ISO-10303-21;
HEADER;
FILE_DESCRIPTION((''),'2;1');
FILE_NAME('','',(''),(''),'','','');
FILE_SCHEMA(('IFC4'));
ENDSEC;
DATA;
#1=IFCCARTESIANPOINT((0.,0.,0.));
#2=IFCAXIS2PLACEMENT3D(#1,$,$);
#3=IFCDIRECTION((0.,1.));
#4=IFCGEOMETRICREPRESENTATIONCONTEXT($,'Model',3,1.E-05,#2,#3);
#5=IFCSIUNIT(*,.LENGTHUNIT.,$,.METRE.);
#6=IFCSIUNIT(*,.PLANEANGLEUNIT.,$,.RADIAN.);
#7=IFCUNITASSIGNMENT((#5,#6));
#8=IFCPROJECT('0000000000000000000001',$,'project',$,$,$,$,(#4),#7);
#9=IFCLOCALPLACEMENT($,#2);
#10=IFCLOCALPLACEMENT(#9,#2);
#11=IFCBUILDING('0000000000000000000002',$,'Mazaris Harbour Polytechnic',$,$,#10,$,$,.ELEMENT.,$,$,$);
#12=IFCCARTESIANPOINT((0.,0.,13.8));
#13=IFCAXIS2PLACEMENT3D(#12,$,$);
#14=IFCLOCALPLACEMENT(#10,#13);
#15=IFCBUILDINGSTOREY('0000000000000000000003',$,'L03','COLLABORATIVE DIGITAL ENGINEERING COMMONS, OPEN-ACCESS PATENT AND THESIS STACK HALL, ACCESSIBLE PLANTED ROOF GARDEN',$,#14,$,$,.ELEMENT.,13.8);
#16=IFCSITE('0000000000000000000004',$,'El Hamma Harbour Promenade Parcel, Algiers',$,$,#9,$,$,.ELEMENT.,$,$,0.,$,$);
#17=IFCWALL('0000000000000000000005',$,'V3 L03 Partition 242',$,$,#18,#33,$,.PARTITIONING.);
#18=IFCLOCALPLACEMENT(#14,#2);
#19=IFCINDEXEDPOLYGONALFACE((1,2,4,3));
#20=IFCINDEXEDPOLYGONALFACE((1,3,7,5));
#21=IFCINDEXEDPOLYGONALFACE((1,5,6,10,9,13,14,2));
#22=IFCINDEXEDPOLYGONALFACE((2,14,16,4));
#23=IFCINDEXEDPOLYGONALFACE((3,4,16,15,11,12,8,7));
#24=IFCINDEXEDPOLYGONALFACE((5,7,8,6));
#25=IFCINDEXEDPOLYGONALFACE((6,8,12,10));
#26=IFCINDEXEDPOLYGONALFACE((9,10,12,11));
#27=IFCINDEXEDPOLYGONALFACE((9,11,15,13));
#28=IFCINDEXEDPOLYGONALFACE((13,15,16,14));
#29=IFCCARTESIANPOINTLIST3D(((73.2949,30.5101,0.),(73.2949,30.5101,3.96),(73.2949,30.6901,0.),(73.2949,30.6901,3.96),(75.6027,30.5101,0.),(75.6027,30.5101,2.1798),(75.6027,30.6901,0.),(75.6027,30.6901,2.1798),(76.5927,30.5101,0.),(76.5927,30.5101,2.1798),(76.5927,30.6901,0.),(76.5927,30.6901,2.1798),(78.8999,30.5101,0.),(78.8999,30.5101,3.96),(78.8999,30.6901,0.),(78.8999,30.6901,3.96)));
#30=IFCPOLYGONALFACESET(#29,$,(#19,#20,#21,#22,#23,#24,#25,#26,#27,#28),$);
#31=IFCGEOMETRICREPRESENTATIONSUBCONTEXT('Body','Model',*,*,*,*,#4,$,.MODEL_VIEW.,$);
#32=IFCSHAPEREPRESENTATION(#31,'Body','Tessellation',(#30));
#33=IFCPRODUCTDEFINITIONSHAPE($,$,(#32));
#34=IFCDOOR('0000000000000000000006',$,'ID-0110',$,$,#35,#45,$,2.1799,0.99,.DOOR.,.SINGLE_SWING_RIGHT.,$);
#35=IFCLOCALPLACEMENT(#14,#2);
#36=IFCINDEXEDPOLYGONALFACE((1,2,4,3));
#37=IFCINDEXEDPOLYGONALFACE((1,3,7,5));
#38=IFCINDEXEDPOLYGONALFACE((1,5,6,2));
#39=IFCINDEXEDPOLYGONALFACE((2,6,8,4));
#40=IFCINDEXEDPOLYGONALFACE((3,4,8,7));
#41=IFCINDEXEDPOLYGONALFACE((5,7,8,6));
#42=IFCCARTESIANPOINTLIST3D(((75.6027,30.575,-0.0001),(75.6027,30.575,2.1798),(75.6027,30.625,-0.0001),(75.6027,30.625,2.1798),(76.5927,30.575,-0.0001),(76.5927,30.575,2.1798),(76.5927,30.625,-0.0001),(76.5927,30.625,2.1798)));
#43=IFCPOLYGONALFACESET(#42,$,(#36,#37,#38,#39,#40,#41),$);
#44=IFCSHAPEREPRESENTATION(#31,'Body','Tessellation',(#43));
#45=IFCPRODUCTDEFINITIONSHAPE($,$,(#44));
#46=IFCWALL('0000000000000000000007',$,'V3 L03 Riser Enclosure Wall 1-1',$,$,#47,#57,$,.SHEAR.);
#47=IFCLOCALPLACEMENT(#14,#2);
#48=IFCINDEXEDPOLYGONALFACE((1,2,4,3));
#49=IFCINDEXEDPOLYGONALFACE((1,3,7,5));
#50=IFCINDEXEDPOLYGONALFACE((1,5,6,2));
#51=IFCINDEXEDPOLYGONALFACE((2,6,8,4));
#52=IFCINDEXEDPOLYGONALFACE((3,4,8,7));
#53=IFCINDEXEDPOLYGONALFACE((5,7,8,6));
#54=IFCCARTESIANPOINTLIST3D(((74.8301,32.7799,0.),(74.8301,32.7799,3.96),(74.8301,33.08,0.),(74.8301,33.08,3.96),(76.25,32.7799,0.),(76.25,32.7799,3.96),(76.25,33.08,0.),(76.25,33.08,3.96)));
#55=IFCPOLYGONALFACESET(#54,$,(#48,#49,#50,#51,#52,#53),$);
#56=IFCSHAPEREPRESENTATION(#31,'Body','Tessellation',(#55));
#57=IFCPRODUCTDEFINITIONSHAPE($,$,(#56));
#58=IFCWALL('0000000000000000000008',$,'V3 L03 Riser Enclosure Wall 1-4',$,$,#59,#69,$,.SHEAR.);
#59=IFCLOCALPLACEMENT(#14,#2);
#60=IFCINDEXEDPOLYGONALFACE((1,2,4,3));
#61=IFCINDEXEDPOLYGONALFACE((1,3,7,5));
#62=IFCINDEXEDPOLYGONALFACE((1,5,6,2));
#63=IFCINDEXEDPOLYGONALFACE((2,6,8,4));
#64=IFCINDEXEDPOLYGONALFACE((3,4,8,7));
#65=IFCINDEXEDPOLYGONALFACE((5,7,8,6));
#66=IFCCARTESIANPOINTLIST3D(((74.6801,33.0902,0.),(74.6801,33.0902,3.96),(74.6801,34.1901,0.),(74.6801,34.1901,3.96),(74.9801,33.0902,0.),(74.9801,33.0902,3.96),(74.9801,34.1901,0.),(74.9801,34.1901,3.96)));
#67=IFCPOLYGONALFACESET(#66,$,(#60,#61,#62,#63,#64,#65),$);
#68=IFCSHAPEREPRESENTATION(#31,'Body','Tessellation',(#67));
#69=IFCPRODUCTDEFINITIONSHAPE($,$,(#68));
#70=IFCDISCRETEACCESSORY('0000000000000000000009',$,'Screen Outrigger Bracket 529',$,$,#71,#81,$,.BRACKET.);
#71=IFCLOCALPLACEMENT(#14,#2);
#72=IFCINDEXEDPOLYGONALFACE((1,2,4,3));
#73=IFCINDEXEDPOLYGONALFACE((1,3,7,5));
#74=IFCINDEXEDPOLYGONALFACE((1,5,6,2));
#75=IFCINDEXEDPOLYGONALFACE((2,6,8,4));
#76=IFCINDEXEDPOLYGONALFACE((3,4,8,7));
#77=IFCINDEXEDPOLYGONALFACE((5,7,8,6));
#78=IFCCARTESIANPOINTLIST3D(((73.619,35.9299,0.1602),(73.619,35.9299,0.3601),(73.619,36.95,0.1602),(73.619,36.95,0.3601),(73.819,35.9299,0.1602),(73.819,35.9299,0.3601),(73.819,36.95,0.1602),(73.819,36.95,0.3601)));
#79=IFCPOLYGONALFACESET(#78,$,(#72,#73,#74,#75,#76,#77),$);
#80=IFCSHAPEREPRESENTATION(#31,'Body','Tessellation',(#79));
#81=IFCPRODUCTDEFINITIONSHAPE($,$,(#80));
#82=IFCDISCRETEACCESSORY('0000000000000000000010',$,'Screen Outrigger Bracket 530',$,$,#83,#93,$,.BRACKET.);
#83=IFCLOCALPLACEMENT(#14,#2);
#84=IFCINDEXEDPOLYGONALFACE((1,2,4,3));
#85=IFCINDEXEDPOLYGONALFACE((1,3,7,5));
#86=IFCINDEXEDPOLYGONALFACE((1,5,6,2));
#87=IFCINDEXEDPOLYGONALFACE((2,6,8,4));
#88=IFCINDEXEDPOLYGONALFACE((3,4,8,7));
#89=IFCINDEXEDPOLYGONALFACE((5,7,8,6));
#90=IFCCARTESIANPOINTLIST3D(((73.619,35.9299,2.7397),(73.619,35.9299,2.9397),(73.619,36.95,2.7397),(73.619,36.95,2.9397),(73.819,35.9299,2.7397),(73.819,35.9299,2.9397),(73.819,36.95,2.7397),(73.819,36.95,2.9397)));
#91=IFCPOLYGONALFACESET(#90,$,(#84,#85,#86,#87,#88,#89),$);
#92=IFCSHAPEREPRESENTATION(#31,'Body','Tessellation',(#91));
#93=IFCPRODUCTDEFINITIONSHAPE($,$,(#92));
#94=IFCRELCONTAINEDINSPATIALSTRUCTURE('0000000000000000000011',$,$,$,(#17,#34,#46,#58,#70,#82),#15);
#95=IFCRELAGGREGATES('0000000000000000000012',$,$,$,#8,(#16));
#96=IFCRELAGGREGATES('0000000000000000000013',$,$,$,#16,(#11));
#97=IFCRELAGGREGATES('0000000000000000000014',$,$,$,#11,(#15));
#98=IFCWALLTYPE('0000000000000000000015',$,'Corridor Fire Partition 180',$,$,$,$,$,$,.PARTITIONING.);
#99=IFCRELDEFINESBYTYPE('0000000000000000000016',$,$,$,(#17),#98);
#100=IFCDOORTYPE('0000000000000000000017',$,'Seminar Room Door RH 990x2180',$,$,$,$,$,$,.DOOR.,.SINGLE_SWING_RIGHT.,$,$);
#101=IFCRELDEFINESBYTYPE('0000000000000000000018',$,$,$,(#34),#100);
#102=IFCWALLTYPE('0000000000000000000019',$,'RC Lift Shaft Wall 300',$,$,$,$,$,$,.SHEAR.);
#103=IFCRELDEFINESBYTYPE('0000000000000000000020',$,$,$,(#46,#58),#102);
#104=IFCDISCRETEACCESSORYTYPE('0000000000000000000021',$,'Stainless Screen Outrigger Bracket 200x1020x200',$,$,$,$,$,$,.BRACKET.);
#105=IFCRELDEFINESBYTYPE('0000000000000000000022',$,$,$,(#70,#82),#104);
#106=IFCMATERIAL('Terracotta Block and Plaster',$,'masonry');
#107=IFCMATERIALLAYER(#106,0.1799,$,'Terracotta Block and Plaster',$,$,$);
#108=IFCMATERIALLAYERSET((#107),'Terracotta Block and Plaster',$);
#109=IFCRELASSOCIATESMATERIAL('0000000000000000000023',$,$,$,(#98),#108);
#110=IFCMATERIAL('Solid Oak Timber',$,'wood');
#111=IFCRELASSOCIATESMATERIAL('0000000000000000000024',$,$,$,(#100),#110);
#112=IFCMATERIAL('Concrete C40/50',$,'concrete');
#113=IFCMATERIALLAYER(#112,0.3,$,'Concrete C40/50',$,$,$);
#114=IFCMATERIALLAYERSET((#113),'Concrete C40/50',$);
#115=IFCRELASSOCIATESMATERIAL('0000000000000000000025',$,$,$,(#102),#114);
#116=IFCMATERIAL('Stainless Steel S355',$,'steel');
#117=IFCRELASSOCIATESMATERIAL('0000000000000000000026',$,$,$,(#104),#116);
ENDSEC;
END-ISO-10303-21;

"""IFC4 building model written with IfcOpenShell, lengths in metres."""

from ifc_helpers import new_model, si_unit, direction, frame, frame_2d, origin, origin_2d, place, context, subcontext, project, spatial, rectangle, extrude, material, layer, layer_set, type_object, element, fill, save


model = new_model("IFC4")

# Units and contexts
model_context = context("Model", 3, precision=1e-05, world=origin(), true_north=direction((0.0, 1.0)))
body_context = subcontext(model_context, "Body", "Model", "MODEL_VIEW")
ifc_project = project(units=[si_unit("LENGTHUNIT", "METRE"), si_unit("PLANEANGLEUNIT", "RADIAN")], contexts=[model_context])

# Site, building, storey
site_placement = place(None, origin())
site = spatial("IfcSite", under=ifc_project, at=site_placement, Name="El Hamma Harbour Promenade Parcel, Algiers", CompositionType="ELEMENT", RefElevation=0.0)
building_placement = place(site_placement, origin())
building = spatial("IfcBuilding", under=site, at=building_placement, Name="Mazaris Harbour Polytechnic", CompositionType="ELEMENT")
storey_placement = place(building_placement, frame((0.0, 0.0, 13.8)))
storey = spatial("IfcBuildingStorey", under=building, at=storey_placement, Name="L03", Description="COLLABORATIVE DIGITAL ENGINEERING COMMONS, OPEN-ACCESS PATENT AND THESIS STACK HALL, ACCESSIBLE PLANTED ROOF GARDEN", CompositionType="ELEMENT", Elevation=13.8)

# Wall, opening, door
ifc_material_1 = material(Name="Terracotta Block and Plaster", Category="masonry")
ifc_layer_1 = layer(ifc_material_1, 0.1799, Name="Terracotta Block and Plaster")
ifc_layer_set_1 = layer_set([ifc_layer_1], Name="Terracotta Block and Plaster")
wall_type_1 = type_object("IfcWallType", Name="Corridor Fire Partition 180", PredefinedType="PARTITIONING", material=ifc_layer_set_1)
wall_1_placement = place(storey_placement, frame((73.2949, 30.6001, 0.0), z_axis=(0.0, 0.0, 1.0), x_axis=(1.0, 0.0, 0.0)))
wall_1 = element("IfcWall", 1, at=wall_1_placement, inside=storey, type_object=wall_type_1, Name="V3 L03 Partition 242", PredefinedType="PARTITIONING", context=body_context, shape_type="SweptSolid", body=[
    extrude(rectangle(XDim=5.605, YDim=0.1799, at=frame_2d((2.8025, 0.0))), origin(), (0.0, 0.0, 1.0), 3.96),
])
opening_placement = place(wall_1_placement, frame((2.3076, 0.0, 0.0)))
opening = element("IfcOpeningElement", 2, at=opening_placement, cuts=wall_1, PredefinedType="OPENING", context=body_context, shape_type="SweptSolid", body=[
    extrude(rectangle(XDim=0.99, YDim=2.1799, at=frame_2d((0.4951, 1.0898))), frame((0.0, 0.0999, 0.0), z_axis=(0.0, -1.0, 0.0), x_axis=(1.0, 0.0, 0.0)), (0.0, 0.0, 1.0), 0.2),
])
ifc_material_2 = material(Name="Solid Oak Timber", Category="wood")
door_type = type_object("IfcDoorType", Name="Seminar Room Door RH 990x2180", OperationType="SINGLE_SWING_RIGHT", PredefinedType="DOOR", material=ifc_material_2)
door_placement = place(opening_placement, origin())
door = element("IfcDoor", 3, at=door_placement, inside=storey, type_object=door_type, Name="ID-0110", OperationType="SINGLE_SWING_RIGHT", OverallHeight=2.1799, OverallWidth=0.99, PredefinedType="DOOR", context=body_context, shape_type="SweptSolid", body=[
    extrude(rectangle(XDim=0.99, YDim=2.1799, at=frame_2d((0.4951, 1.0898))), frame((0.0, 0.0249, 0.0), z_axis=(0.0, -1.0, 0.0), x_axis=(1.0, 0.0, 0.0)), (0.0, 0.0, 1.0), 0.05),
])
fill(opening, door)

# Walls
ifc_material_3 = material(Name="Concrete C40/50", Category="concrete")
ifc_layer_2 = layer(ifc_material_3, 0.3, Name="Concrete C40/50")
ifc_layer_set_2 = layer_set([ifc_layer_2], Name="Concrete C40/50")
wall_type_2 = type_object("IfcWallType", Name="RC Lift Shaft Wall 300", PredefinedType="SHEAR", material=ifc_layer_set_2)
wall_2_placement = place(storey_placement, frame((74.8301, 32.9299, 0.0), z_axis=(0.0, 0.0, 1.0), x_axis=(1.0, 0.0, 0.0)))
element("IfcWall", 4, at=wall_2_placement, inside=storey, type_object=wall_type_2, Name="V3 L03 Riser Enclosure Wall 1-1", PredefinedType="SHEAR", context=body_context, shape_type="SweptSolid", body=[
    extrude(rectangle(XDim=1.4199, YDim=0.3, at=frame_2d((0.71, 0.0))), origin(), (0.0, 0.0, 1.0), 3.96),
])
wall_3_placement = place(storey_placement, frame((74.8301, 34.1899, 0.0), z_axis=(0.0, 0.0, 1.0), x_axis=(0.0, -1.0, 0.0)))
element("IfcWall", 5, at=wall_3_placement, inside=storey, type_object=wall_type_2, Name="V3 L03 Riser Enclosure Wall 1-4", PredefinedType="SHEAR", context=body_context, shape_type="SweptSolid", body=[
    extrude(rectangle(XDim=1.0999, YDim=0.3, at=frame_2d((0.5498, 0.0))), origin(), (0.0, 0.0, 1.0), 3.96),
])

# Discrete accessories
ifc_material_4 = material(Name="Stainless Steel S355", Category="steel")
discrete_accessory_type = type_object("IfcDiscreteAccessoryType", Name="Stainless Screen Outrigger Bracket 200x1020x200", PredefinedType="BRACKET", material=ifc_material_4)
for number, where, z_axis, x_axis, name in (
    (6, (73.719, 36.4399, 0.1602), (0.0, 0.0, 1.0), (1.0, 0.0, 0.0), "Screen Outrigger Bracket 529"),
    (7, (73.719, 36.4399, 2.7397), (0.0, 0.0, 1.0), (1.0, 0.0, 0.0), "Screen Outrigger Bracket 530"),
):
    element("IfcDiscreteAccessory", number, at=place(storey_placement, frame(where, z_axis=z_axis, x_axis=x_axis)), inside=storey, type_object=discrete_accessory_type, Name=name, PredefinedType="BRACKET", context=body_context, shape_type="SweptSolid", body=[
        extrude(rectangle(XDim=0.2, YDim=1.02, at=origin_2d()), origin(), (0.0, 0.0, 1.0), 0.2),
    ])

save(model, "model.ifc")
